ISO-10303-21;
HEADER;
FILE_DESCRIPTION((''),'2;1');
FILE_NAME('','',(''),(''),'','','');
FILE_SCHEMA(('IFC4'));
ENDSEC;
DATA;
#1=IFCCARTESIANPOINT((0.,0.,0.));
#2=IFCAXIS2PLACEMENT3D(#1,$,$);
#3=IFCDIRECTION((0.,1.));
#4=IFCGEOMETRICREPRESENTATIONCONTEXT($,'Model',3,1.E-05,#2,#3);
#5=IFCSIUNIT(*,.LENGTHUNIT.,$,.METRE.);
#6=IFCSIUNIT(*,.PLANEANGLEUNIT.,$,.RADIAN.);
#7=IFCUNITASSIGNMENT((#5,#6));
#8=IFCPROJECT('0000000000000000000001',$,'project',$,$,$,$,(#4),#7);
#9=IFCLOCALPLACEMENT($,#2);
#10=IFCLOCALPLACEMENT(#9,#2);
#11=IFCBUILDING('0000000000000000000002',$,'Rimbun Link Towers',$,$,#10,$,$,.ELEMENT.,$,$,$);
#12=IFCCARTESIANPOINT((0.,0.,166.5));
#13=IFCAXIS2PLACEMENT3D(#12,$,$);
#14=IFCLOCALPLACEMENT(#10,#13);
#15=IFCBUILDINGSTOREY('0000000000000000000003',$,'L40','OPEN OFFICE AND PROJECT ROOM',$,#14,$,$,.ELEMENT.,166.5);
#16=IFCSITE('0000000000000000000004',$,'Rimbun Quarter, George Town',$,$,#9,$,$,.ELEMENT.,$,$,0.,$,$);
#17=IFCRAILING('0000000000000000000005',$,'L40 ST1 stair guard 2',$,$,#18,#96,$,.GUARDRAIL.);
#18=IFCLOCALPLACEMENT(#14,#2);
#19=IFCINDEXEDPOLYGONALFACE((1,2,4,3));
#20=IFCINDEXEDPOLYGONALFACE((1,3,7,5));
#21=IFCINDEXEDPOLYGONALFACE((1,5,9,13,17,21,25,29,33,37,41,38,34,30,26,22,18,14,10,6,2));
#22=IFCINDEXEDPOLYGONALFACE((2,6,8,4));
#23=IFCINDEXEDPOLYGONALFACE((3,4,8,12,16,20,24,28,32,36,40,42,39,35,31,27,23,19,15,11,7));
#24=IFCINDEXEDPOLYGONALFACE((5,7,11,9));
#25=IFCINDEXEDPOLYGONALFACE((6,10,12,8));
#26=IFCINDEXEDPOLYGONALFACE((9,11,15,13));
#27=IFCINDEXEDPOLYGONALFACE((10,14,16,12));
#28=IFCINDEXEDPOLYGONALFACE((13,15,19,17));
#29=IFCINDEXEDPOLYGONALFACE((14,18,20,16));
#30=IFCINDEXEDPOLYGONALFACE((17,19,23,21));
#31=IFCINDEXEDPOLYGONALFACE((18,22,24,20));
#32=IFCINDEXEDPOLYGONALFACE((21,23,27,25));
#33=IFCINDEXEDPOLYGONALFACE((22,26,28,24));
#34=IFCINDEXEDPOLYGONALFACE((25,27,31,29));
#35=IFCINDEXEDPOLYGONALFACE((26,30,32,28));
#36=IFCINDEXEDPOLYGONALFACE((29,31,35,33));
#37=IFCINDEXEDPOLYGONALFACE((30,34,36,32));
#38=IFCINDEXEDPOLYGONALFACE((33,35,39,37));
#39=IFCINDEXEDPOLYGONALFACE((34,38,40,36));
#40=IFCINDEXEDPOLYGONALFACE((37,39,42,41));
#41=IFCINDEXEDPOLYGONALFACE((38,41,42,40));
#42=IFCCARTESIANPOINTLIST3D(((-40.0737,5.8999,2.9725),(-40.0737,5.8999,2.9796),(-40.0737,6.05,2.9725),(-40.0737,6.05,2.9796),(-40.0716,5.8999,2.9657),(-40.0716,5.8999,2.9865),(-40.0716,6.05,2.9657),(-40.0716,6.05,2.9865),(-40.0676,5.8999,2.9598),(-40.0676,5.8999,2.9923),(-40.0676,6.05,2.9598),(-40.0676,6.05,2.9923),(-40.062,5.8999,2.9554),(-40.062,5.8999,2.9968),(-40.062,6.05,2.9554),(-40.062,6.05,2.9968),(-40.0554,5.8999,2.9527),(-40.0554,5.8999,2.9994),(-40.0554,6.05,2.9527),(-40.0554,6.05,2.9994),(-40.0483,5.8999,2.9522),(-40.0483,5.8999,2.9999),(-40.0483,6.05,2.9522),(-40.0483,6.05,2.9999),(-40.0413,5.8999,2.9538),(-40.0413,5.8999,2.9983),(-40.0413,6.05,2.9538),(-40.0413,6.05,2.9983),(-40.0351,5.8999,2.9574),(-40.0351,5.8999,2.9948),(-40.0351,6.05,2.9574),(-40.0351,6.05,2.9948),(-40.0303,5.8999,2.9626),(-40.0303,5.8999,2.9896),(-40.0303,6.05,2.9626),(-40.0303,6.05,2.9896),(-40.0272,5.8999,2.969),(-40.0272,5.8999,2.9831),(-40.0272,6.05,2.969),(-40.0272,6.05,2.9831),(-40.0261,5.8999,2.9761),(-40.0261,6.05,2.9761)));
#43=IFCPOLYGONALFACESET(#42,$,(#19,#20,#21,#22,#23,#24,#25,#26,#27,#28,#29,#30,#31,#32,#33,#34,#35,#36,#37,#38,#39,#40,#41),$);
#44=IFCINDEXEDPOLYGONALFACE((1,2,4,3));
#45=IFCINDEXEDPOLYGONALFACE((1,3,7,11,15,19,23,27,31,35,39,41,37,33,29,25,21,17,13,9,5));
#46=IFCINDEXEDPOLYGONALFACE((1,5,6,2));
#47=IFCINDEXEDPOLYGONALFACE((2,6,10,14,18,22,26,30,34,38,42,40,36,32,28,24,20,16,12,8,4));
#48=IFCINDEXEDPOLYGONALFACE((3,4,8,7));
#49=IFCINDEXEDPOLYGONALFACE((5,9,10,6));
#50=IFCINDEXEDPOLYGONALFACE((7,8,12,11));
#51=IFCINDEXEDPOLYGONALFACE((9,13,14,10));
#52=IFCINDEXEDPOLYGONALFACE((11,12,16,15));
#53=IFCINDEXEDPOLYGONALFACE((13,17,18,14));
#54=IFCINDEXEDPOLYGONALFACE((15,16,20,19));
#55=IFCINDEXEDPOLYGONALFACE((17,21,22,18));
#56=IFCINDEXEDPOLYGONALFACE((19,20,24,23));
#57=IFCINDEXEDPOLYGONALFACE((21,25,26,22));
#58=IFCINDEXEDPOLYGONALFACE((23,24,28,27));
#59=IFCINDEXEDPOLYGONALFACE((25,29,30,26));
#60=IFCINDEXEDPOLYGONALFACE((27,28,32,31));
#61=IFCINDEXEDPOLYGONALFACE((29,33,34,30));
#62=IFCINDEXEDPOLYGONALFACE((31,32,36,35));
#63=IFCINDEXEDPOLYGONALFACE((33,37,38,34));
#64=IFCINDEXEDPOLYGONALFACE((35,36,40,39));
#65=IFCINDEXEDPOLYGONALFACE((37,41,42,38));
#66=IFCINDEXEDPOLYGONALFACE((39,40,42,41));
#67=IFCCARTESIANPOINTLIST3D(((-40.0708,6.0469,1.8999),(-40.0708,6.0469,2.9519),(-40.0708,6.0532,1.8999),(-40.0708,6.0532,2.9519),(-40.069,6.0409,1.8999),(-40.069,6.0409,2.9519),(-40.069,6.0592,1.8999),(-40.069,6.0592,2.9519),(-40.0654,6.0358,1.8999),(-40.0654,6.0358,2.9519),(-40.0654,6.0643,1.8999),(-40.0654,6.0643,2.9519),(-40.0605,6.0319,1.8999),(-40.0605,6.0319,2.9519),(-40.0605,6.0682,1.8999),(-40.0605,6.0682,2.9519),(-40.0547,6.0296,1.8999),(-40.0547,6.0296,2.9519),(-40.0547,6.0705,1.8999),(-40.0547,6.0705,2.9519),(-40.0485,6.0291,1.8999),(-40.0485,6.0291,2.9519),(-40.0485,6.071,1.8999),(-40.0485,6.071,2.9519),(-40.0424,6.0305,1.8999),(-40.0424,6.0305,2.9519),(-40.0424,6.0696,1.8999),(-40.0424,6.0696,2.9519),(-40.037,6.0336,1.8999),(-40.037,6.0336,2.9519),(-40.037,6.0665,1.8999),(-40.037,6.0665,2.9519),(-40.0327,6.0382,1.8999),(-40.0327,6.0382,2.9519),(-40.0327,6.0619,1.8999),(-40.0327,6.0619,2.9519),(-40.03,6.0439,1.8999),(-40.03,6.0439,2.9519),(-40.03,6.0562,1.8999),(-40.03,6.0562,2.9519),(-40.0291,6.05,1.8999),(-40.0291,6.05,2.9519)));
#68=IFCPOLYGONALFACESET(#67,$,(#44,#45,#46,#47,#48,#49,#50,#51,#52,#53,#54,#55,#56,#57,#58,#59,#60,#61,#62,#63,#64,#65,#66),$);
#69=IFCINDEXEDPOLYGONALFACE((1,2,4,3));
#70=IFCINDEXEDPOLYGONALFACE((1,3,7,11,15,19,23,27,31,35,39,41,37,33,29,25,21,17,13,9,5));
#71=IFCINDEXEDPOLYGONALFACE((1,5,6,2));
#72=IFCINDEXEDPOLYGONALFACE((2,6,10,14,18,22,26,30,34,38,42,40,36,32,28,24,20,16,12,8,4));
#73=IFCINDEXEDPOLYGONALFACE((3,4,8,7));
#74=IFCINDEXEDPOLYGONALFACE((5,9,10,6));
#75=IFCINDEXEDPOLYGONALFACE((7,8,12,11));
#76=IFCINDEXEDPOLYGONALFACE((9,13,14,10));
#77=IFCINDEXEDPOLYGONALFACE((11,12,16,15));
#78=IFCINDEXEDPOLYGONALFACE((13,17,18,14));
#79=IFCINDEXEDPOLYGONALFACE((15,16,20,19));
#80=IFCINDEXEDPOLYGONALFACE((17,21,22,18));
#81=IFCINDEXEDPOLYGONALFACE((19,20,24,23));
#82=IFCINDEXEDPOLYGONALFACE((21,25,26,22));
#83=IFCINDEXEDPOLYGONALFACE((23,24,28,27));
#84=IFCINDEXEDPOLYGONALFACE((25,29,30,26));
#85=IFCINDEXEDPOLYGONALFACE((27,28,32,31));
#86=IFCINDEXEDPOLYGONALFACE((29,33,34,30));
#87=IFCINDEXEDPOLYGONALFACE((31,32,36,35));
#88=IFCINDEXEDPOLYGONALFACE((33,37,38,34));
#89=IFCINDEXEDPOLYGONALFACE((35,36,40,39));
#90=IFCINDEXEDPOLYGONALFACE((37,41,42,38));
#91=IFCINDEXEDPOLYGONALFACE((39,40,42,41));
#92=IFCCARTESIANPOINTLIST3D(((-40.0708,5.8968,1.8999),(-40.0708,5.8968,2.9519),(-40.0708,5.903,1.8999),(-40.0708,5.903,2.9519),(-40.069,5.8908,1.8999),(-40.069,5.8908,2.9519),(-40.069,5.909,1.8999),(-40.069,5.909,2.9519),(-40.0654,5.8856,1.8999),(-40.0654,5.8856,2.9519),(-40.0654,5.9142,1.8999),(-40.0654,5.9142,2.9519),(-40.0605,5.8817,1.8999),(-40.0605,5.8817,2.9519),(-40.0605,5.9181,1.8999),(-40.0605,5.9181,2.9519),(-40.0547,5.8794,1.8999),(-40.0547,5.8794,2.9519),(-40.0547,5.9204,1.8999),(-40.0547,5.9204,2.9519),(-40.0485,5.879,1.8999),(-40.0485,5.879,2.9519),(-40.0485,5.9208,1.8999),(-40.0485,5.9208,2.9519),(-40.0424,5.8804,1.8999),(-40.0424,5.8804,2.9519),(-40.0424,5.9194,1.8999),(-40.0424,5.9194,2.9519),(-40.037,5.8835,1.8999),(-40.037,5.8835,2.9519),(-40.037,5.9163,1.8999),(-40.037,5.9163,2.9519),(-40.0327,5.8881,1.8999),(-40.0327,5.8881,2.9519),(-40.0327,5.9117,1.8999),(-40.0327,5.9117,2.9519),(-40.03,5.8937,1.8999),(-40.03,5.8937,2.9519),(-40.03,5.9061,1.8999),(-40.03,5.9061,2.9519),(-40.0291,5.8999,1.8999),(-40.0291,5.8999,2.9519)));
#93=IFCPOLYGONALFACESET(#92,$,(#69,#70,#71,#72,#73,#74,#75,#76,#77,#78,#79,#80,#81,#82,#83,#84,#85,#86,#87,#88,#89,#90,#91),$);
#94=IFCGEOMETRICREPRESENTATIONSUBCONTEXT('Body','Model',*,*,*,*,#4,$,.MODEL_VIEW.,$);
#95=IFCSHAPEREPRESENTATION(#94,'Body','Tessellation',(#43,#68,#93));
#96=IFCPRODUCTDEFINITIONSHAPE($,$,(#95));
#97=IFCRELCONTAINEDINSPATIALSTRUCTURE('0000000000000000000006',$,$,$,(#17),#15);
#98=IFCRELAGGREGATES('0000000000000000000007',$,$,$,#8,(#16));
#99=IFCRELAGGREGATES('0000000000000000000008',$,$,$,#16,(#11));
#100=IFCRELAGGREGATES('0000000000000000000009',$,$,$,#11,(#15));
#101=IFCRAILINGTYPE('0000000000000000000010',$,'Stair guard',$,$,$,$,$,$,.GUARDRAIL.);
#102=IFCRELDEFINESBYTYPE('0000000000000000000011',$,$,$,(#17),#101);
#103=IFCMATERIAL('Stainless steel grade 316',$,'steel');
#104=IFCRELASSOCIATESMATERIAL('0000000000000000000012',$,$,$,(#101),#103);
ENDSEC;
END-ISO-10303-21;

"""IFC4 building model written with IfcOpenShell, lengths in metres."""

from ifc_helpers import new_model, si_unit, direction, frame, origin, origin_2d, place, context, subcontext, project, spatial, circle, extrude, material, type_object, element, save


model = new_model("IFC4")

# Units and contexts
model_context = context("Model", 3, precision=1e-05, world=origin(), true_north=direction((0.0, 1.0)))
body_context = subcontext(model_context, "Body", "Model", "MODEL_VIEW")
ifc_project = project(units=[si_unit("LENGTHUNIT", "METRE"), si_unit("PLANEANGLEUNIT", "RADIAN")], contexts=[model_context])

# Site, building, storey
site_placement = place(None, origin())
site = spatial("IfcSite", under=ifc_project, at=site_placement, Name="Rimbun Quarter, George Town", CompositionType="ELEMENT", RefElevation=0.0)
building_placement = place(site_placement, origin())
building = spatial("IfcBuilding", under=site, at=building_placement, Name="Rimbun Link Towers", CompositionType="ELEMENT")
storey_placement = place(building_placement, frame((0.0, 0.0, 166.5)))
storey = spatial("IfcBuildingStorey", under=building, at=storey_placement, Name="L40", Description="OPEN OFFICE AND PROJECT ROOM", CompositionType="ELEMENT", Elevation=166.5)

# Railing
ifc_material_1 = material(Name="Stainless steel grade 316", Category="steel")
railing_type_1 = type_object("IfcRailingType", Name="Stair guard", PredefinedType="GUARDRAIL", material=ifc_material_1)
railing_1_placement = place(storey_placement, frame((-40.05, 6.05, 1.8999)))
element("IfcRailing", 1, at=railing_1_placement, inside=storey, type_object=railing_type_1, Name="L40 ST1 stair guard 2", PredefinedType="GUARDRAIL", context=body_context, shape_type="SweptSolid", body=[
    extrude(circle(Radius=0.0239, at=origin_2d()), frame((0.0, 0.0, 1.0762), z_axis=(0.0, -1.0, 0.0), x_axis=(1.0, 0.0, 0.0)), (0.0, 0.0, 1.0), 0.1501),
    extrude(circle(Radius=0.021, at=origin_2d()), origin(), (0.0, 0.0, 1.0), 1.052),
    extrude(circle(Radius=0.021, at=origin_2d()), frame((0.0, -0.1501, 0.0)), (0.0, 0.0, 1.0), 1.052),
])

save(model, "model.ifc")
